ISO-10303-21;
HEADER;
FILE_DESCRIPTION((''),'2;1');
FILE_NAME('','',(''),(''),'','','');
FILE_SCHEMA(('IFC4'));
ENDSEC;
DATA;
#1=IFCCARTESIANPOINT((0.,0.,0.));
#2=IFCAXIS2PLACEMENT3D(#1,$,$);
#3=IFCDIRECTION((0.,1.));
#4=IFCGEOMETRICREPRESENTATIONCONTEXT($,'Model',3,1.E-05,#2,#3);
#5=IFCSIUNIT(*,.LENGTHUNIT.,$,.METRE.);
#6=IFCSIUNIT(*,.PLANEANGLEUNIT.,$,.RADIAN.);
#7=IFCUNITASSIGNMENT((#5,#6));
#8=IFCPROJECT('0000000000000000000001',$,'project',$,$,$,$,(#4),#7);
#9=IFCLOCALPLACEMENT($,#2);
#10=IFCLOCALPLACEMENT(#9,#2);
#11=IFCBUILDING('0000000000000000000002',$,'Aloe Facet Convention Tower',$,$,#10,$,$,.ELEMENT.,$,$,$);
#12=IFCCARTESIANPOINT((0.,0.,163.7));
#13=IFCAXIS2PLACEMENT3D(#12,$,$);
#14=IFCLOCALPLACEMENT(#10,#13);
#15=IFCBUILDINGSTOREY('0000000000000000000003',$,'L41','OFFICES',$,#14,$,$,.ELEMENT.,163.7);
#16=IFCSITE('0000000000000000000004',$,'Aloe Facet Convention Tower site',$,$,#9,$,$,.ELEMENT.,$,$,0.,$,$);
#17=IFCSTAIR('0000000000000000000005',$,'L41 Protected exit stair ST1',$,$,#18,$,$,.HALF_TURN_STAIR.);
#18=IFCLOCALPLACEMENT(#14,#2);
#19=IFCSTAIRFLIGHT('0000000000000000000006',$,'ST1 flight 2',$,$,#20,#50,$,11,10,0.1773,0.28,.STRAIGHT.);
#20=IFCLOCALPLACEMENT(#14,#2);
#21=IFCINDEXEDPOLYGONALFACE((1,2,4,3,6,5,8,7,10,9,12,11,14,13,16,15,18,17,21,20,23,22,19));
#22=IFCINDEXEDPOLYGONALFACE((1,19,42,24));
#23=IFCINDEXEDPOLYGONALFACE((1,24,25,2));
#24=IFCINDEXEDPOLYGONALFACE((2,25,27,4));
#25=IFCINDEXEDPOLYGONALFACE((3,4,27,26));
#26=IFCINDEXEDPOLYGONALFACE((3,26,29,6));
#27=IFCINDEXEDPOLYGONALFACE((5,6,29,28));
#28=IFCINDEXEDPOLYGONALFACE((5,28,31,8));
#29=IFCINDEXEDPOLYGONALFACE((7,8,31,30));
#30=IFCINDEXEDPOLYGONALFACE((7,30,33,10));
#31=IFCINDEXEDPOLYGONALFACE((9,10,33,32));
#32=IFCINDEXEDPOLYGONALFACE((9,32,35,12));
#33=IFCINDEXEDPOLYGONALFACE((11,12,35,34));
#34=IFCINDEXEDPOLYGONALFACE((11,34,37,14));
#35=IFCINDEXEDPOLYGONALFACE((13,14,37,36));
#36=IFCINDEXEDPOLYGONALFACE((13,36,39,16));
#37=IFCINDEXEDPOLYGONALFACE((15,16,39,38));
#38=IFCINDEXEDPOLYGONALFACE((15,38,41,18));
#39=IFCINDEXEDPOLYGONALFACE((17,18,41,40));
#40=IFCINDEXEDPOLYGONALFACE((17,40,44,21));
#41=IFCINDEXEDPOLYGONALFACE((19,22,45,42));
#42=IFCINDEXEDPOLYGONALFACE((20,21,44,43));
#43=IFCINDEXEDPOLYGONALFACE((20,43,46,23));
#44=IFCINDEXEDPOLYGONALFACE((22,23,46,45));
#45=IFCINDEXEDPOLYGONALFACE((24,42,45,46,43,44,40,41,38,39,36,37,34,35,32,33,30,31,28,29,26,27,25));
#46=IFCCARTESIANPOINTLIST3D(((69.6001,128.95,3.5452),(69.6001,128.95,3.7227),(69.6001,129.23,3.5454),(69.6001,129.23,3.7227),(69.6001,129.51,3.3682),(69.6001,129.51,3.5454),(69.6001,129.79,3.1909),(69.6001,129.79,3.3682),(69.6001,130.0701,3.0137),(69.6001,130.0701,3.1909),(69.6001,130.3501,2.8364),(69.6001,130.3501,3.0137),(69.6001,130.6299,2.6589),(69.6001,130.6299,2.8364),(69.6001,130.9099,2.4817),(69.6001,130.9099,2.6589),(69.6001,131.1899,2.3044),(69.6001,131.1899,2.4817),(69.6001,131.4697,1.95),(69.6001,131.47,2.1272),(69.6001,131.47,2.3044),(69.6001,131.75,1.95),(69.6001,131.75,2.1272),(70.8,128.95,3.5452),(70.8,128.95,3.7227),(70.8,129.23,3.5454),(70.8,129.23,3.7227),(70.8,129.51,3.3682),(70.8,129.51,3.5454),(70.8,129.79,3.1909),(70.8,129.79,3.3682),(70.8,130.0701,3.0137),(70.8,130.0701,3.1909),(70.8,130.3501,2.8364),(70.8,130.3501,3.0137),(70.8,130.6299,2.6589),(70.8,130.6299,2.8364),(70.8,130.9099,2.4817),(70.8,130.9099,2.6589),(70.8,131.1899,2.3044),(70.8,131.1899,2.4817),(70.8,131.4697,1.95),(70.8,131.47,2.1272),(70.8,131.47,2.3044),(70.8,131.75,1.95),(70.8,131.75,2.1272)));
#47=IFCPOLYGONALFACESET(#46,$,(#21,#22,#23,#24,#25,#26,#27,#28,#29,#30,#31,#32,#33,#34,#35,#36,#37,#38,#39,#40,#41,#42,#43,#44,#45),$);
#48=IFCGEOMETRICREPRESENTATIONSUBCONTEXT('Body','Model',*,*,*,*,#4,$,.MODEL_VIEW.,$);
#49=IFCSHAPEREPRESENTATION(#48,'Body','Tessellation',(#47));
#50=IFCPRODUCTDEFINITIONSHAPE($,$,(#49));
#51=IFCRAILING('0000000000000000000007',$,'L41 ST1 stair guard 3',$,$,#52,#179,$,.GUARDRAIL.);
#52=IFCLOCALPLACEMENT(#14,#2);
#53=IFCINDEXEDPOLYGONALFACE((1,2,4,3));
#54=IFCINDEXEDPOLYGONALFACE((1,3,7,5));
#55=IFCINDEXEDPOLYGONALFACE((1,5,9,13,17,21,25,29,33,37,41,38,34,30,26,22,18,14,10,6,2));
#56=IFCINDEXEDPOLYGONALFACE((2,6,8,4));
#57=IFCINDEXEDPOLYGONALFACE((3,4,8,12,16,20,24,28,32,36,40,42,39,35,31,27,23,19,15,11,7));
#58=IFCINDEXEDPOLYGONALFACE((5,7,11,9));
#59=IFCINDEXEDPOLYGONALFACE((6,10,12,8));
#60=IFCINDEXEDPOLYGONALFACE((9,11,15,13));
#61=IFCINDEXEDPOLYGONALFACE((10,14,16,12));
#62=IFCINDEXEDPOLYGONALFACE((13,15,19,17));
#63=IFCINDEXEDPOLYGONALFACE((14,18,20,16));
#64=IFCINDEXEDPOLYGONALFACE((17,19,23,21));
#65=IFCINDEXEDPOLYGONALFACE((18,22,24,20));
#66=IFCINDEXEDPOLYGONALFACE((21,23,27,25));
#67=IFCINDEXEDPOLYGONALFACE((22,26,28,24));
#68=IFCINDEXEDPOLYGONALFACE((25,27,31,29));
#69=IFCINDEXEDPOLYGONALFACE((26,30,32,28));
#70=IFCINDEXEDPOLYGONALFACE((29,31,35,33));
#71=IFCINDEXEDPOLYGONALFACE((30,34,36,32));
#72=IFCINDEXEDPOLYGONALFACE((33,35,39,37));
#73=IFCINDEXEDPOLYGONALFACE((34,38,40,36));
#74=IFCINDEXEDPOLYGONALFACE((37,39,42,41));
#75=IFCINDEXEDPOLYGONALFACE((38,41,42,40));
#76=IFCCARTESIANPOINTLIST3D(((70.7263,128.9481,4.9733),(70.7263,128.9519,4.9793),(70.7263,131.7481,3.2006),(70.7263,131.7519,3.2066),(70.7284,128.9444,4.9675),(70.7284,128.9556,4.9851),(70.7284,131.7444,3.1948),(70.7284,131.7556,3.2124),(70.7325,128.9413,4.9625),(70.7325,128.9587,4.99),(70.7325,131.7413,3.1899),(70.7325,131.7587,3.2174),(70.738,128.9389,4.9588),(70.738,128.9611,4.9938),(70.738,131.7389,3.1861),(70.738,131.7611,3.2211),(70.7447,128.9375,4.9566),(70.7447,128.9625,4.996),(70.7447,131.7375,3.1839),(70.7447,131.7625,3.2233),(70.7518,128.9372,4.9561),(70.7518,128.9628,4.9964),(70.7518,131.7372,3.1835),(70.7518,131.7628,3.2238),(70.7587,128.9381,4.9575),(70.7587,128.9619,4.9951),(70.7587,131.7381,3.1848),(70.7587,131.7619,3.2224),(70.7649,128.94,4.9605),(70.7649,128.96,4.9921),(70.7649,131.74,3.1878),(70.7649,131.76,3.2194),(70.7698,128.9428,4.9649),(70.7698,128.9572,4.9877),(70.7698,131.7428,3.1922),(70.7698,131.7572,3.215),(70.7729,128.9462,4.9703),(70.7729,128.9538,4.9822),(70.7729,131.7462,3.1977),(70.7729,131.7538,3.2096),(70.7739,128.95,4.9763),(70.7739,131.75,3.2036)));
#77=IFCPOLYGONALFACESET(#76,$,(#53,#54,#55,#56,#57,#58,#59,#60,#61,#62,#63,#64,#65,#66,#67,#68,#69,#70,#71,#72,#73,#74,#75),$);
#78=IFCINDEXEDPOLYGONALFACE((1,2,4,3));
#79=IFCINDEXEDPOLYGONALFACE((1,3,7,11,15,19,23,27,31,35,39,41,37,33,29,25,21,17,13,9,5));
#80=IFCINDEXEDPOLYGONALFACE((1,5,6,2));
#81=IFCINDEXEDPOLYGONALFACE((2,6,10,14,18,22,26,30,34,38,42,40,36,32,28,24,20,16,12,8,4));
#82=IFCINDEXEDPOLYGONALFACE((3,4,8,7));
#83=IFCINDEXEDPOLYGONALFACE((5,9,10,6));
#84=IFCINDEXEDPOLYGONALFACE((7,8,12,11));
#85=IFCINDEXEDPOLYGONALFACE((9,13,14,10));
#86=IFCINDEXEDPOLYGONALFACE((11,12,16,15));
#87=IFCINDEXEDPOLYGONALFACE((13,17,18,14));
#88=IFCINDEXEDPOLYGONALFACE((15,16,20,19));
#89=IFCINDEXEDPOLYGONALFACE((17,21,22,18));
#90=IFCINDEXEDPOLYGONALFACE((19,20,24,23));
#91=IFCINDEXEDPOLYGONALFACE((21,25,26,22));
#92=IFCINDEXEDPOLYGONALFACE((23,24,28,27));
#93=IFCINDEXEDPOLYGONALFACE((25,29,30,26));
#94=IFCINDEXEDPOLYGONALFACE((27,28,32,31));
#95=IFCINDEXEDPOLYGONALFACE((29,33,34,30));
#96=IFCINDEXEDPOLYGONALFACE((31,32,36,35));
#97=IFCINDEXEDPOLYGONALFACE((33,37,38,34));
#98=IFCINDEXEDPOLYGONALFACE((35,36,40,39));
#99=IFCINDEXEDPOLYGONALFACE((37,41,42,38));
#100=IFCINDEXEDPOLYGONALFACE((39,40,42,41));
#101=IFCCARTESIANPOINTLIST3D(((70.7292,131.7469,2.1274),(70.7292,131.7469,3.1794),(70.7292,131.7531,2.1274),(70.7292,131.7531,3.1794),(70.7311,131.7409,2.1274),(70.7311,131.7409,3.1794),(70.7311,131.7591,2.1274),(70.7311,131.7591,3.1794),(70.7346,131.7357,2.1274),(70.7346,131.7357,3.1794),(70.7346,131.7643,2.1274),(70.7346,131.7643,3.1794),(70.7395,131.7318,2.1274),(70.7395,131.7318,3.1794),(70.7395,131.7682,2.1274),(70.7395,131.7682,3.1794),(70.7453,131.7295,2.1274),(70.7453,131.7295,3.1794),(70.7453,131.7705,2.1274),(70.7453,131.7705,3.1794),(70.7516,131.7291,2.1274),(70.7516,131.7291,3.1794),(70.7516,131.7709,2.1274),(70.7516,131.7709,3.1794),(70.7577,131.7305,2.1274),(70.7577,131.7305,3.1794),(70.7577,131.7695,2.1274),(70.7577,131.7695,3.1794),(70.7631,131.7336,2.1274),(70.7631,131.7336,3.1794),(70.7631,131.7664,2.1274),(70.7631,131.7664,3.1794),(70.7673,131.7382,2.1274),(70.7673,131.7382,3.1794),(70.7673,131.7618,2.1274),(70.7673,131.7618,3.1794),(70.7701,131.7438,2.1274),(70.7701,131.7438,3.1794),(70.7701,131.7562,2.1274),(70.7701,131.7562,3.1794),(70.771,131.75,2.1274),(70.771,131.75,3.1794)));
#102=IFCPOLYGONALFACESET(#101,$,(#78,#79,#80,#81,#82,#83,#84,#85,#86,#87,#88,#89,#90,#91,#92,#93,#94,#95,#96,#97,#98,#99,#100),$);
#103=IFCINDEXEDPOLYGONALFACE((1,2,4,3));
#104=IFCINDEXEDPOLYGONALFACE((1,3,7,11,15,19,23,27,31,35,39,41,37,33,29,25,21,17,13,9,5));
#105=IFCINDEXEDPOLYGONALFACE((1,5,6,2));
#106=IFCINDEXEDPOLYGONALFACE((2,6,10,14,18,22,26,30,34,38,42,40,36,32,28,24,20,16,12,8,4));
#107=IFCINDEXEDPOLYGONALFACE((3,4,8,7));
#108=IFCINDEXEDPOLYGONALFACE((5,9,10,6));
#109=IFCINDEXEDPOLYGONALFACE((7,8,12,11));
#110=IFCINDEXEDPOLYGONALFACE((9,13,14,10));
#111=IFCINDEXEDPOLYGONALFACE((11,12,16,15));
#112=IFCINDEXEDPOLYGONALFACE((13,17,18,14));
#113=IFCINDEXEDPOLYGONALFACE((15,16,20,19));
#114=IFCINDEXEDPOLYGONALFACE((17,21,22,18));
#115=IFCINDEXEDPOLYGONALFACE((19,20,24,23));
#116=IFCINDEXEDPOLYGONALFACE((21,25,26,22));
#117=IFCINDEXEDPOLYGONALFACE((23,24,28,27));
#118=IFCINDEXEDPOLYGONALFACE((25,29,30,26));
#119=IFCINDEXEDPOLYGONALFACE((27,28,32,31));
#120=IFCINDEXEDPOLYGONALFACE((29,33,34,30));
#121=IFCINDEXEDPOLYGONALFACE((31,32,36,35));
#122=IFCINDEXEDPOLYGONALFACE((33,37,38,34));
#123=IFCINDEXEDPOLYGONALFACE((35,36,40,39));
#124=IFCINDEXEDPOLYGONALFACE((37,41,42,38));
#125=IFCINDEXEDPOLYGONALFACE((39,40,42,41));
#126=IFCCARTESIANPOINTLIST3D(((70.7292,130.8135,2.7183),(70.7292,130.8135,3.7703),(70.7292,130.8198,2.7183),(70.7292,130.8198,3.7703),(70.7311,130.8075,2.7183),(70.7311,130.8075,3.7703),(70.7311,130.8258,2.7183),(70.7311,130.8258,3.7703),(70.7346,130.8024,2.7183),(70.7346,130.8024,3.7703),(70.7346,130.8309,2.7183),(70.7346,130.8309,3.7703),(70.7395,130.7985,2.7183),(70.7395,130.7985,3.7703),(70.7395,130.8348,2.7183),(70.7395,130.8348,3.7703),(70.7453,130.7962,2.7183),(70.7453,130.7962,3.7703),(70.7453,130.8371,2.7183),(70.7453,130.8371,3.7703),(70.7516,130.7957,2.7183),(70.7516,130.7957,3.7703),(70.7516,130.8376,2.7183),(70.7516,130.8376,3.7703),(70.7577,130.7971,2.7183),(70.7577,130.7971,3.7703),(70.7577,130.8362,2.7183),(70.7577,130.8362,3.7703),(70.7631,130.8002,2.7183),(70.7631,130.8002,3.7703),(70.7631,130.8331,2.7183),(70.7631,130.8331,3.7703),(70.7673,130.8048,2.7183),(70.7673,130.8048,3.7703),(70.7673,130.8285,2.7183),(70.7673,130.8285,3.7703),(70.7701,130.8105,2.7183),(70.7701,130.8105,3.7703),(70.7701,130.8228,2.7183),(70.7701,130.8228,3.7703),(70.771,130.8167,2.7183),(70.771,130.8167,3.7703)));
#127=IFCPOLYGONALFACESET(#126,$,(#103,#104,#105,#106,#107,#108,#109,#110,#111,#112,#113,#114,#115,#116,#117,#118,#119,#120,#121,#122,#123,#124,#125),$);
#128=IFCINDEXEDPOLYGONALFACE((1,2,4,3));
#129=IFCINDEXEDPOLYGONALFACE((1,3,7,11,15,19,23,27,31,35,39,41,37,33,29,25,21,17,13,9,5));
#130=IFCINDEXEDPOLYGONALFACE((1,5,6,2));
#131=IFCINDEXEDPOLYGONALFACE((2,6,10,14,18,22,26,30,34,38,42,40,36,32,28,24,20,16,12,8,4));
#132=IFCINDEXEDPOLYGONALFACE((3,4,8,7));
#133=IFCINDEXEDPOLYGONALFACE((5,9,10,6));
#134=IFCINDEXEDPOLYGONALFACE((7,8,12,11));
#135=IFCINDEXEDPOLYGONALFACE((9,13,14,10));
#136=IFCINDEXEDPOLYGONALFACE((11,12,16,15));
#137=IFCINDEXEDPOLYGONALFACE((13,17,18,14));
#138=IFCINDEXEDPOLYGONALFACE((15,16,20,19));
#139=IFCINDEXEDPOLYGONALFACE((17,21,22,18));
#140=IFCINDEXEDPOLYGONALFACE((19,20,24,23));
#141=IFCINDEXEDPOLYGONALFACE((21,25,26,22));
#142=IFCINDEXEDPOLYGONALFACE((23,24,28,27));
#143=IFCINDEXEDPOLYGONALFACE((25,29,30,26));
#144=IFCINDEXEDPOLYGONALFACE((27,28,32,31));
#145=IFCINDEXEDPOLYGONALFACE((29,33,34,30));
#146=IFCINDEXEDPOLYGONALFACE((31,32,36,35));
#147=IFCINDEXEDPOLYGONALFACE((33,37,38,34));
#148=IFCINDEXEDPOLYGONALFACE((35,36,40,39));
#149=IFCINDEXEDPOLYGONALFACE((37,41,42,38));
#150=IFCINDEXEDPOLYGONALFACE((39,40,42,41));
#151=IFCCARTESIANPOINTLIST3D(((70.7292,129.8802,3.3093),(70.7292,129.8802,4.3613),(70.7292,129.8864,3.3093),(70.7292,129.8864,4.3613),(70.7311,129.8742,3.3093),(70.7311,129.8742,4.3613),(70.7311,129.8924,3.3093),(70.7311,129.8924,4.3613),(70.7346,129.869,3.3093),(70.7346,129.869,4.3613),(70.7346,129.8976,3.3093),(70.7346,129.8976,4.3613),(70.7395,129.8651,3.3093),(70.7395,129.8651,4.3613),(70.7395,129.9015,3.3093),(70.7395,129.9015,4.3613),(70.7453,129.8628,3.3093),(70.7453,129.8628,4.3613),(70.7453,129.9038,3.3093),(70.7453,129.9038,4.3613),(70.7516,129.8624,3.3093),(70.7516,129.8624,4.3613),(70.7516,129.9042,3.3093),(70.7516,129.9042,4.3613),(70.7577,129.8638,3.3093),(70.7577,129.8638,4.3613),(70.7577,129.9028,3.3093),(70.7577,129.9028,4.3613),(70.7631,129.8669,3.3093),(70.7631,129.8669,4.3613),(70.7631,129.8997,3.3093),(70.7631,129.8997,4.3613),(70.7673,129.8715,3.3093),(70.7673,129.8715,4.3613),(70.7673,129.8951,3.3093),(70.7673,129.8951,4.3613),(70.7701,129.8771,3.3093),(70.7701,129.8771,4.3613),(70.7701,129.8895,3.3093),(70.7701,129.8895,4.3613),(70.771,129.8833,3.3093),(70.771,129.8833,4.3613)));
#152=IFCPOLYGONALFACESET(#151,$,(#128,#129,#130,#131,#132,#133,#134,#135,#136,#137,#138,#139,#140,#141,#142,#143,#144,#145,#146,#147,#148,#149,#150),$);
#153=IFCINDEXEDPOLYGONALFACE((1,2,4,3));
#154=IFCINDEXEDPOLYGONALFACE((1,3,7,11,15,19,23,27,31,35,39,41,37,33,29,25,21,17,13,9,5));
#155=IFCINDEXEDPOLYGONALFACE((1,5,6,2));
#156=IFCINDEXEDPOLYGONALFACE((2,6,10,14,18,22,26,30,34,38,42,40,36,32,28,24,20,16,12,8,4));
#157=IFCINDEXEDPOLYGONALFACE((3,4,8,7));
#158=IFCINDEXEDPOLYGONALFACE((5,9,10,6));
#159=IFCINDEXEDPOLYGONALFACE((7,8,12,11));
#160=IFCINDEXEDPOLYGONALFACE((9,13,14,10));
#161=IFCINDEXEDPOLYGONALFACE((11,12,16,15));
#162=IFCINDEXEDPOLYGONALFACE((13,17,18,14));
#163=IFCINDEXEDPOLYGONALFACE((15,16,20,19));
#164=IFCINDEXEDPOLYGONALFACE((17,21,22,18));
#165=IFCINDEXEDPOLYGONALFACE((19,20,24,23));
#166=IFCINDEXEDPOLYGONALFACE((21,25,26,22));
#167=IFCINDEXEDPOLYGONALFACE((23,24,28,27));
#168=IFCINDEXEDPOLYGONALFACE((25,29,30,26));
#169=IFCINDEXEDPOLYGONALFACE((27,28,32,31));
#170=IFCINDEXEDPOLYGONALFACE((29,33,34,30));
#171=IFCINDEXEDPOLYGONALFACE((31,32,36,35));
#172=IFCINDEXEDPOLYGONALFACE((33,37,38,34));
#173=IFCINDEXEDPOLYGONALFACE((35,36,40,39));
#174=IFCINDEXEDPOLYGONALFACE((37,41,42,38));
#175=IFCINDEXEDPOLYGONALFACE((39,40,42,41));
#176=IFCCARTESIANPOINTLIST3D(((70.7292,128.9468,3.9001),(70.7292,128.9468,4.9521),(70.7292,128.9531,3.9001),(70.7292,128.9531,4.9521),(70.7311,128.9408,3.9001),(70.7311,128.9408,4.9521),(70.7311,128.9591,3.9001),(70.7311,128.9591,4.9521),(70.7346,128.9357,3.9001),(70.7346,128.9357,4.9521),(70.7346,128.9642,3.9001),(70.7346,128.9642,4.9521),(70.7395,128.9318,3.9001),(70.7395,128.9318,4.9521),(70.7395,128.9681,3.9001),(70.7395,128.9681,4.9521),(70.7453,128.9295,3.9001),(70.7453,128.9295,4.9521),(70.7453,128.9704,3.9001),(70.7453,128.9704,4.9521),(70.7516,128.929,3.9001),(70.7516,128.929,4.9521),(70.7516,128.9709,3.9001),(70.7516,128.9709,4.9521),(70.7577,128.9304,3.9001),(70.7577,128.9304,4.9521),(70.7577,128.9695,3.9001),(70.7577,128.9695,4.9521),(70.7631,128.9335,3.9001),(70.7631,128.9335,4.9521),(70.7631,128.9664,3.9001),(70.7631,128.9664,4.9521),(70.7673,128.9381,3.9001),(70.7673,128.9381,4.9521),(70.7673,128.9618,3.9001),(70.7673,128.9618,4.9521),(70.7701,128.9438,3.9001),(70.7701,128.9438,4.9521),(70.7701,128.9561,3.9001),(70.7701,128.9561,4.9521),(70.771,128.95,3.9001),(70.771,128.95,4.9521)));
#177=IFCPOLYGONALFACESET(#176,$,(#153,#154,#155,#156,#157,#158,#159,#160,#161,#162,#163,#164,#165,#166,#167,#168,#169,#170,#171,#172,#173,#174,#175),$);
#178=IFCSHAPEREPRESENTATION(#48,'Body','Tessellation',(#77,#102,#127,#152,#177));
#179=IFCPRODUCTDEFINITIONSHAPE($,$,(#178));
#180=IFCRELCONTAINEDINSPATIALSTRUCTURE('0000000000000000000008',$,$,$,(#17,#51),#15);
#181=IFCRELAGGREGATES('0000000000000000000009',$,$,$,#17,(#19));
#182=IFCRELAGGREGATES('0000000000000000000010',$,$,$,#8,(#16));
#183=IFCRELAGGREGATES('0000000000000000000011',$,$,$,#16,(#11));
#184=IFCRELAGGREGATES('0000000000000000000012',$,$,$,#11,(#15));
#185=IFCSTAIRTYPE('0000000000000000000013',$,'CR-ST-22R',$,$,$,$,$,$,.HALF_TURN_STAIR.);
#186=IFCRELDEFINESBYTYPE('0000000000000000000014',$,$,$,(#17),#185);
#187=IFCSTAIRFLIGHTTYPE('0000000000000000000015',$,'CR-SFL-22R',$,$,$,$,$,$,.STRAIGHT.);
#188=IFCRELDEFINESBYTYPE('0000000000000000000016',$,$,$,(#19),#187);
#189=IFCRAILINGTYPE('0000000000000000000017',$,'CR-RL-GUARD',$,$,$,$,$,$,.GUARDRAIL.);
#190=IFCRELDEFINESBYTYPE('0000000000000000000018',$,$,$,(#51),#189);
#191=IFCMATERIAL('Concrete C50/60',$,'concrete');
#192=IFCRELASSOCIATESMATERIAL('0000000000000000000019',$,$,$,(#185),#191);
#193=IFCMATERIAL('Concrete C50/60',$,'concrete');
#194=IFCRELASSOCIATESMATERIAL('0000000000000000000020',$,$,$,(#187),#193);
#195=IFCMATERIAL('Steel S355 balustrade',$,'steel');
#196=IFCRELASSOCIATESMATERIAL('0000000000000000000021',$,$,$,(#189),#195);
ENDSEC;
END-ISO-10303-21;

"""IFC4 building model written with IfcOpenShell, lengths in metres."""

from ifc_helpers import new_model, si_unit, direction, frame, origin, origin_2d, place, context, subcontext, project, spatial, polyline, circle, outline, extrude, material, type_object, element, aggregate, save


model = new_model("IFC4")

# Units and contexts
model_context = context("Model", 3, precision=1e-05, world=origin(), true_north=direction((0.0, 1.0)))
body_context = subcontext(model_context, "Body", "Model", "MODEL_VIEW")
ifc_project = project(units=[si_unit("LENGTHUNIT", "METRE"), si_unit("PLANEANGLEUNIT", "RADIAN")], contexts=[model_context])

# Site, building, storey
site_placement = place(None, origin())
site = spatial("IfcSite", under=ifc_project, at=site_placement, Name="Aloe Facet Convention Tower site", CompositionType="ELEMENT", RefElevation=0.0)
building_placement = place(site_placement, origin())
building = spatial("IfcBuilding", under=site, at=building_placement, Name="Aloe Facet Convention Tower", CompositionType="ELEMENT")
storey_placement = place(building_placement, frame((0.0, 0.0, 163.7)))
storey = spatial("IfcBuildingStorey", under=building, at=storey_placement, Name="L41", Description="OFFICES", CompositionType="ELEMENT", Elevation=163.7)

# Stair, stair flight
ifc_material_1 = material(Name="Concrete C50/60", Category="concrete")
stair_type = type_object("IfcStairType", Name="CR-ST-22R", PredefinedType="HALF_TURN_STAIR", material=ifc_material_1)
stair_placement = place(storey_placement, origin())
stair = element("IfcStair", 1, at=stair_placement, inside=storey, type_object=stair_type, Name="L41 Protected exit stair ST1", PredefinedType="HALF_TURN_STAIR")
ifc_material_2 = material(Name="Concrete C50/60", Category="concrete")
stair_flight_type = type_object("IfcStairFlightType", Name="CR-SFL-22R", PredefinedType="STRAIGHT", material=ifc_material_2)
stair_flight_placement = place(storey_placement, frame((70.2, 131.75, 1.95), z_axis=(0.0, 0.0, 1.0), x_axis=(0.0, -1.0, 0.0)))
stair_flight = element("IfcStairFlight", 2, at=stair_flight_placement, type_object=stair_flight_type, Name="ST1 flight 2", NumberOfRisers=11, NumberOfTreads=10, PredefinedType="STRAIGHT", RiserHeight=0.1773, TreadLength=0.28, context=body_context, shape_type="SweptSolid", body=[
    extrude(outline(polyline([(0.0, 0.0), (0.0, 0.1772), (0.28, 0.1772), (0.28, 0.3545), (0.5601, 0.3545), (0.5601, 0.5317), (0.8401, 0.5317), (0.8401, 0.709), (1.1201, 0.709), (1.1201, 0.8865), (1.3999, 0.8865), (1.3999, 1.0637), (1.6799, 1.0637), (1.6799, 1.241), (1.96, 1.241), (1.96, 1.4182), (2.24, 1.4182), (2.24, 1.5955), (2.52, 1.5955), (2.52, 1.7727), (2.8, 1.7727), (2.8, 1.95), (2.8, 1.5952), (0.2803, 0.0), (0.0, 0.0)])), frame((0.0, 0.6001, 0.0), z_axis=(0.0, -1.0, 0.0), x_axis=(1.0, 0.0, 0.0)), (0.0, 0.0, 1.0), 1.2),
])
aggregate(stair, [stair_flight])

# Railing
ifc_material_3 = material(Name="Steel S355 balustrade", Category="steel")
railing_type_1 = type_object("IfcRailingType", Name="CR-RL-GUARD", PredefinedType="GUARDRAIL", material=ifc_material_3)
railing_1_placement = place(storey_placement, frame((70.75, 131.75, 2.1274)))
element("IfcRailing", 3, at=railing_1_placement, inside=storey, type_object=railing_type_1, Name="L41 ST1 stair guard 3", PredefinedType="GUARDRAIL", context=body_context, shape_type="SweptSolid", body=[
    extrude(circle(Radius=0.0239, at=origin_2d()), frame((0.0, 0.0, 1.0762), z_axis=(0.0, -0.844909, 0.53491), x_axis=(1.0, 0.0, 0.0)), (0.0, 0.0, 1.0), 3.314),
    extrude(circle(Radius=0.021, at=origin_2d()), origin(), (0.0, 0.0, 1.0), 1.052),
    extrude(circle(Radius=0.021, at=origin_2d()), frame((0.0, -0.9333, 0.5908)), (0.0, 0.0, 1.0), 1.052),
    extrude(circle(Radius=0.021, at=origin_2d()), frame((0.0, -1.8667, 1.1819)), (0.0, 0.0, 1.0), 1.052),
    extrude(circle(Radius=0.021, at=origin_2d()), frame((0.0, -2.8, 1.7727)), (0.0, 0.0, 1.0), 1.052),
])

save(model, "model.ifc")
